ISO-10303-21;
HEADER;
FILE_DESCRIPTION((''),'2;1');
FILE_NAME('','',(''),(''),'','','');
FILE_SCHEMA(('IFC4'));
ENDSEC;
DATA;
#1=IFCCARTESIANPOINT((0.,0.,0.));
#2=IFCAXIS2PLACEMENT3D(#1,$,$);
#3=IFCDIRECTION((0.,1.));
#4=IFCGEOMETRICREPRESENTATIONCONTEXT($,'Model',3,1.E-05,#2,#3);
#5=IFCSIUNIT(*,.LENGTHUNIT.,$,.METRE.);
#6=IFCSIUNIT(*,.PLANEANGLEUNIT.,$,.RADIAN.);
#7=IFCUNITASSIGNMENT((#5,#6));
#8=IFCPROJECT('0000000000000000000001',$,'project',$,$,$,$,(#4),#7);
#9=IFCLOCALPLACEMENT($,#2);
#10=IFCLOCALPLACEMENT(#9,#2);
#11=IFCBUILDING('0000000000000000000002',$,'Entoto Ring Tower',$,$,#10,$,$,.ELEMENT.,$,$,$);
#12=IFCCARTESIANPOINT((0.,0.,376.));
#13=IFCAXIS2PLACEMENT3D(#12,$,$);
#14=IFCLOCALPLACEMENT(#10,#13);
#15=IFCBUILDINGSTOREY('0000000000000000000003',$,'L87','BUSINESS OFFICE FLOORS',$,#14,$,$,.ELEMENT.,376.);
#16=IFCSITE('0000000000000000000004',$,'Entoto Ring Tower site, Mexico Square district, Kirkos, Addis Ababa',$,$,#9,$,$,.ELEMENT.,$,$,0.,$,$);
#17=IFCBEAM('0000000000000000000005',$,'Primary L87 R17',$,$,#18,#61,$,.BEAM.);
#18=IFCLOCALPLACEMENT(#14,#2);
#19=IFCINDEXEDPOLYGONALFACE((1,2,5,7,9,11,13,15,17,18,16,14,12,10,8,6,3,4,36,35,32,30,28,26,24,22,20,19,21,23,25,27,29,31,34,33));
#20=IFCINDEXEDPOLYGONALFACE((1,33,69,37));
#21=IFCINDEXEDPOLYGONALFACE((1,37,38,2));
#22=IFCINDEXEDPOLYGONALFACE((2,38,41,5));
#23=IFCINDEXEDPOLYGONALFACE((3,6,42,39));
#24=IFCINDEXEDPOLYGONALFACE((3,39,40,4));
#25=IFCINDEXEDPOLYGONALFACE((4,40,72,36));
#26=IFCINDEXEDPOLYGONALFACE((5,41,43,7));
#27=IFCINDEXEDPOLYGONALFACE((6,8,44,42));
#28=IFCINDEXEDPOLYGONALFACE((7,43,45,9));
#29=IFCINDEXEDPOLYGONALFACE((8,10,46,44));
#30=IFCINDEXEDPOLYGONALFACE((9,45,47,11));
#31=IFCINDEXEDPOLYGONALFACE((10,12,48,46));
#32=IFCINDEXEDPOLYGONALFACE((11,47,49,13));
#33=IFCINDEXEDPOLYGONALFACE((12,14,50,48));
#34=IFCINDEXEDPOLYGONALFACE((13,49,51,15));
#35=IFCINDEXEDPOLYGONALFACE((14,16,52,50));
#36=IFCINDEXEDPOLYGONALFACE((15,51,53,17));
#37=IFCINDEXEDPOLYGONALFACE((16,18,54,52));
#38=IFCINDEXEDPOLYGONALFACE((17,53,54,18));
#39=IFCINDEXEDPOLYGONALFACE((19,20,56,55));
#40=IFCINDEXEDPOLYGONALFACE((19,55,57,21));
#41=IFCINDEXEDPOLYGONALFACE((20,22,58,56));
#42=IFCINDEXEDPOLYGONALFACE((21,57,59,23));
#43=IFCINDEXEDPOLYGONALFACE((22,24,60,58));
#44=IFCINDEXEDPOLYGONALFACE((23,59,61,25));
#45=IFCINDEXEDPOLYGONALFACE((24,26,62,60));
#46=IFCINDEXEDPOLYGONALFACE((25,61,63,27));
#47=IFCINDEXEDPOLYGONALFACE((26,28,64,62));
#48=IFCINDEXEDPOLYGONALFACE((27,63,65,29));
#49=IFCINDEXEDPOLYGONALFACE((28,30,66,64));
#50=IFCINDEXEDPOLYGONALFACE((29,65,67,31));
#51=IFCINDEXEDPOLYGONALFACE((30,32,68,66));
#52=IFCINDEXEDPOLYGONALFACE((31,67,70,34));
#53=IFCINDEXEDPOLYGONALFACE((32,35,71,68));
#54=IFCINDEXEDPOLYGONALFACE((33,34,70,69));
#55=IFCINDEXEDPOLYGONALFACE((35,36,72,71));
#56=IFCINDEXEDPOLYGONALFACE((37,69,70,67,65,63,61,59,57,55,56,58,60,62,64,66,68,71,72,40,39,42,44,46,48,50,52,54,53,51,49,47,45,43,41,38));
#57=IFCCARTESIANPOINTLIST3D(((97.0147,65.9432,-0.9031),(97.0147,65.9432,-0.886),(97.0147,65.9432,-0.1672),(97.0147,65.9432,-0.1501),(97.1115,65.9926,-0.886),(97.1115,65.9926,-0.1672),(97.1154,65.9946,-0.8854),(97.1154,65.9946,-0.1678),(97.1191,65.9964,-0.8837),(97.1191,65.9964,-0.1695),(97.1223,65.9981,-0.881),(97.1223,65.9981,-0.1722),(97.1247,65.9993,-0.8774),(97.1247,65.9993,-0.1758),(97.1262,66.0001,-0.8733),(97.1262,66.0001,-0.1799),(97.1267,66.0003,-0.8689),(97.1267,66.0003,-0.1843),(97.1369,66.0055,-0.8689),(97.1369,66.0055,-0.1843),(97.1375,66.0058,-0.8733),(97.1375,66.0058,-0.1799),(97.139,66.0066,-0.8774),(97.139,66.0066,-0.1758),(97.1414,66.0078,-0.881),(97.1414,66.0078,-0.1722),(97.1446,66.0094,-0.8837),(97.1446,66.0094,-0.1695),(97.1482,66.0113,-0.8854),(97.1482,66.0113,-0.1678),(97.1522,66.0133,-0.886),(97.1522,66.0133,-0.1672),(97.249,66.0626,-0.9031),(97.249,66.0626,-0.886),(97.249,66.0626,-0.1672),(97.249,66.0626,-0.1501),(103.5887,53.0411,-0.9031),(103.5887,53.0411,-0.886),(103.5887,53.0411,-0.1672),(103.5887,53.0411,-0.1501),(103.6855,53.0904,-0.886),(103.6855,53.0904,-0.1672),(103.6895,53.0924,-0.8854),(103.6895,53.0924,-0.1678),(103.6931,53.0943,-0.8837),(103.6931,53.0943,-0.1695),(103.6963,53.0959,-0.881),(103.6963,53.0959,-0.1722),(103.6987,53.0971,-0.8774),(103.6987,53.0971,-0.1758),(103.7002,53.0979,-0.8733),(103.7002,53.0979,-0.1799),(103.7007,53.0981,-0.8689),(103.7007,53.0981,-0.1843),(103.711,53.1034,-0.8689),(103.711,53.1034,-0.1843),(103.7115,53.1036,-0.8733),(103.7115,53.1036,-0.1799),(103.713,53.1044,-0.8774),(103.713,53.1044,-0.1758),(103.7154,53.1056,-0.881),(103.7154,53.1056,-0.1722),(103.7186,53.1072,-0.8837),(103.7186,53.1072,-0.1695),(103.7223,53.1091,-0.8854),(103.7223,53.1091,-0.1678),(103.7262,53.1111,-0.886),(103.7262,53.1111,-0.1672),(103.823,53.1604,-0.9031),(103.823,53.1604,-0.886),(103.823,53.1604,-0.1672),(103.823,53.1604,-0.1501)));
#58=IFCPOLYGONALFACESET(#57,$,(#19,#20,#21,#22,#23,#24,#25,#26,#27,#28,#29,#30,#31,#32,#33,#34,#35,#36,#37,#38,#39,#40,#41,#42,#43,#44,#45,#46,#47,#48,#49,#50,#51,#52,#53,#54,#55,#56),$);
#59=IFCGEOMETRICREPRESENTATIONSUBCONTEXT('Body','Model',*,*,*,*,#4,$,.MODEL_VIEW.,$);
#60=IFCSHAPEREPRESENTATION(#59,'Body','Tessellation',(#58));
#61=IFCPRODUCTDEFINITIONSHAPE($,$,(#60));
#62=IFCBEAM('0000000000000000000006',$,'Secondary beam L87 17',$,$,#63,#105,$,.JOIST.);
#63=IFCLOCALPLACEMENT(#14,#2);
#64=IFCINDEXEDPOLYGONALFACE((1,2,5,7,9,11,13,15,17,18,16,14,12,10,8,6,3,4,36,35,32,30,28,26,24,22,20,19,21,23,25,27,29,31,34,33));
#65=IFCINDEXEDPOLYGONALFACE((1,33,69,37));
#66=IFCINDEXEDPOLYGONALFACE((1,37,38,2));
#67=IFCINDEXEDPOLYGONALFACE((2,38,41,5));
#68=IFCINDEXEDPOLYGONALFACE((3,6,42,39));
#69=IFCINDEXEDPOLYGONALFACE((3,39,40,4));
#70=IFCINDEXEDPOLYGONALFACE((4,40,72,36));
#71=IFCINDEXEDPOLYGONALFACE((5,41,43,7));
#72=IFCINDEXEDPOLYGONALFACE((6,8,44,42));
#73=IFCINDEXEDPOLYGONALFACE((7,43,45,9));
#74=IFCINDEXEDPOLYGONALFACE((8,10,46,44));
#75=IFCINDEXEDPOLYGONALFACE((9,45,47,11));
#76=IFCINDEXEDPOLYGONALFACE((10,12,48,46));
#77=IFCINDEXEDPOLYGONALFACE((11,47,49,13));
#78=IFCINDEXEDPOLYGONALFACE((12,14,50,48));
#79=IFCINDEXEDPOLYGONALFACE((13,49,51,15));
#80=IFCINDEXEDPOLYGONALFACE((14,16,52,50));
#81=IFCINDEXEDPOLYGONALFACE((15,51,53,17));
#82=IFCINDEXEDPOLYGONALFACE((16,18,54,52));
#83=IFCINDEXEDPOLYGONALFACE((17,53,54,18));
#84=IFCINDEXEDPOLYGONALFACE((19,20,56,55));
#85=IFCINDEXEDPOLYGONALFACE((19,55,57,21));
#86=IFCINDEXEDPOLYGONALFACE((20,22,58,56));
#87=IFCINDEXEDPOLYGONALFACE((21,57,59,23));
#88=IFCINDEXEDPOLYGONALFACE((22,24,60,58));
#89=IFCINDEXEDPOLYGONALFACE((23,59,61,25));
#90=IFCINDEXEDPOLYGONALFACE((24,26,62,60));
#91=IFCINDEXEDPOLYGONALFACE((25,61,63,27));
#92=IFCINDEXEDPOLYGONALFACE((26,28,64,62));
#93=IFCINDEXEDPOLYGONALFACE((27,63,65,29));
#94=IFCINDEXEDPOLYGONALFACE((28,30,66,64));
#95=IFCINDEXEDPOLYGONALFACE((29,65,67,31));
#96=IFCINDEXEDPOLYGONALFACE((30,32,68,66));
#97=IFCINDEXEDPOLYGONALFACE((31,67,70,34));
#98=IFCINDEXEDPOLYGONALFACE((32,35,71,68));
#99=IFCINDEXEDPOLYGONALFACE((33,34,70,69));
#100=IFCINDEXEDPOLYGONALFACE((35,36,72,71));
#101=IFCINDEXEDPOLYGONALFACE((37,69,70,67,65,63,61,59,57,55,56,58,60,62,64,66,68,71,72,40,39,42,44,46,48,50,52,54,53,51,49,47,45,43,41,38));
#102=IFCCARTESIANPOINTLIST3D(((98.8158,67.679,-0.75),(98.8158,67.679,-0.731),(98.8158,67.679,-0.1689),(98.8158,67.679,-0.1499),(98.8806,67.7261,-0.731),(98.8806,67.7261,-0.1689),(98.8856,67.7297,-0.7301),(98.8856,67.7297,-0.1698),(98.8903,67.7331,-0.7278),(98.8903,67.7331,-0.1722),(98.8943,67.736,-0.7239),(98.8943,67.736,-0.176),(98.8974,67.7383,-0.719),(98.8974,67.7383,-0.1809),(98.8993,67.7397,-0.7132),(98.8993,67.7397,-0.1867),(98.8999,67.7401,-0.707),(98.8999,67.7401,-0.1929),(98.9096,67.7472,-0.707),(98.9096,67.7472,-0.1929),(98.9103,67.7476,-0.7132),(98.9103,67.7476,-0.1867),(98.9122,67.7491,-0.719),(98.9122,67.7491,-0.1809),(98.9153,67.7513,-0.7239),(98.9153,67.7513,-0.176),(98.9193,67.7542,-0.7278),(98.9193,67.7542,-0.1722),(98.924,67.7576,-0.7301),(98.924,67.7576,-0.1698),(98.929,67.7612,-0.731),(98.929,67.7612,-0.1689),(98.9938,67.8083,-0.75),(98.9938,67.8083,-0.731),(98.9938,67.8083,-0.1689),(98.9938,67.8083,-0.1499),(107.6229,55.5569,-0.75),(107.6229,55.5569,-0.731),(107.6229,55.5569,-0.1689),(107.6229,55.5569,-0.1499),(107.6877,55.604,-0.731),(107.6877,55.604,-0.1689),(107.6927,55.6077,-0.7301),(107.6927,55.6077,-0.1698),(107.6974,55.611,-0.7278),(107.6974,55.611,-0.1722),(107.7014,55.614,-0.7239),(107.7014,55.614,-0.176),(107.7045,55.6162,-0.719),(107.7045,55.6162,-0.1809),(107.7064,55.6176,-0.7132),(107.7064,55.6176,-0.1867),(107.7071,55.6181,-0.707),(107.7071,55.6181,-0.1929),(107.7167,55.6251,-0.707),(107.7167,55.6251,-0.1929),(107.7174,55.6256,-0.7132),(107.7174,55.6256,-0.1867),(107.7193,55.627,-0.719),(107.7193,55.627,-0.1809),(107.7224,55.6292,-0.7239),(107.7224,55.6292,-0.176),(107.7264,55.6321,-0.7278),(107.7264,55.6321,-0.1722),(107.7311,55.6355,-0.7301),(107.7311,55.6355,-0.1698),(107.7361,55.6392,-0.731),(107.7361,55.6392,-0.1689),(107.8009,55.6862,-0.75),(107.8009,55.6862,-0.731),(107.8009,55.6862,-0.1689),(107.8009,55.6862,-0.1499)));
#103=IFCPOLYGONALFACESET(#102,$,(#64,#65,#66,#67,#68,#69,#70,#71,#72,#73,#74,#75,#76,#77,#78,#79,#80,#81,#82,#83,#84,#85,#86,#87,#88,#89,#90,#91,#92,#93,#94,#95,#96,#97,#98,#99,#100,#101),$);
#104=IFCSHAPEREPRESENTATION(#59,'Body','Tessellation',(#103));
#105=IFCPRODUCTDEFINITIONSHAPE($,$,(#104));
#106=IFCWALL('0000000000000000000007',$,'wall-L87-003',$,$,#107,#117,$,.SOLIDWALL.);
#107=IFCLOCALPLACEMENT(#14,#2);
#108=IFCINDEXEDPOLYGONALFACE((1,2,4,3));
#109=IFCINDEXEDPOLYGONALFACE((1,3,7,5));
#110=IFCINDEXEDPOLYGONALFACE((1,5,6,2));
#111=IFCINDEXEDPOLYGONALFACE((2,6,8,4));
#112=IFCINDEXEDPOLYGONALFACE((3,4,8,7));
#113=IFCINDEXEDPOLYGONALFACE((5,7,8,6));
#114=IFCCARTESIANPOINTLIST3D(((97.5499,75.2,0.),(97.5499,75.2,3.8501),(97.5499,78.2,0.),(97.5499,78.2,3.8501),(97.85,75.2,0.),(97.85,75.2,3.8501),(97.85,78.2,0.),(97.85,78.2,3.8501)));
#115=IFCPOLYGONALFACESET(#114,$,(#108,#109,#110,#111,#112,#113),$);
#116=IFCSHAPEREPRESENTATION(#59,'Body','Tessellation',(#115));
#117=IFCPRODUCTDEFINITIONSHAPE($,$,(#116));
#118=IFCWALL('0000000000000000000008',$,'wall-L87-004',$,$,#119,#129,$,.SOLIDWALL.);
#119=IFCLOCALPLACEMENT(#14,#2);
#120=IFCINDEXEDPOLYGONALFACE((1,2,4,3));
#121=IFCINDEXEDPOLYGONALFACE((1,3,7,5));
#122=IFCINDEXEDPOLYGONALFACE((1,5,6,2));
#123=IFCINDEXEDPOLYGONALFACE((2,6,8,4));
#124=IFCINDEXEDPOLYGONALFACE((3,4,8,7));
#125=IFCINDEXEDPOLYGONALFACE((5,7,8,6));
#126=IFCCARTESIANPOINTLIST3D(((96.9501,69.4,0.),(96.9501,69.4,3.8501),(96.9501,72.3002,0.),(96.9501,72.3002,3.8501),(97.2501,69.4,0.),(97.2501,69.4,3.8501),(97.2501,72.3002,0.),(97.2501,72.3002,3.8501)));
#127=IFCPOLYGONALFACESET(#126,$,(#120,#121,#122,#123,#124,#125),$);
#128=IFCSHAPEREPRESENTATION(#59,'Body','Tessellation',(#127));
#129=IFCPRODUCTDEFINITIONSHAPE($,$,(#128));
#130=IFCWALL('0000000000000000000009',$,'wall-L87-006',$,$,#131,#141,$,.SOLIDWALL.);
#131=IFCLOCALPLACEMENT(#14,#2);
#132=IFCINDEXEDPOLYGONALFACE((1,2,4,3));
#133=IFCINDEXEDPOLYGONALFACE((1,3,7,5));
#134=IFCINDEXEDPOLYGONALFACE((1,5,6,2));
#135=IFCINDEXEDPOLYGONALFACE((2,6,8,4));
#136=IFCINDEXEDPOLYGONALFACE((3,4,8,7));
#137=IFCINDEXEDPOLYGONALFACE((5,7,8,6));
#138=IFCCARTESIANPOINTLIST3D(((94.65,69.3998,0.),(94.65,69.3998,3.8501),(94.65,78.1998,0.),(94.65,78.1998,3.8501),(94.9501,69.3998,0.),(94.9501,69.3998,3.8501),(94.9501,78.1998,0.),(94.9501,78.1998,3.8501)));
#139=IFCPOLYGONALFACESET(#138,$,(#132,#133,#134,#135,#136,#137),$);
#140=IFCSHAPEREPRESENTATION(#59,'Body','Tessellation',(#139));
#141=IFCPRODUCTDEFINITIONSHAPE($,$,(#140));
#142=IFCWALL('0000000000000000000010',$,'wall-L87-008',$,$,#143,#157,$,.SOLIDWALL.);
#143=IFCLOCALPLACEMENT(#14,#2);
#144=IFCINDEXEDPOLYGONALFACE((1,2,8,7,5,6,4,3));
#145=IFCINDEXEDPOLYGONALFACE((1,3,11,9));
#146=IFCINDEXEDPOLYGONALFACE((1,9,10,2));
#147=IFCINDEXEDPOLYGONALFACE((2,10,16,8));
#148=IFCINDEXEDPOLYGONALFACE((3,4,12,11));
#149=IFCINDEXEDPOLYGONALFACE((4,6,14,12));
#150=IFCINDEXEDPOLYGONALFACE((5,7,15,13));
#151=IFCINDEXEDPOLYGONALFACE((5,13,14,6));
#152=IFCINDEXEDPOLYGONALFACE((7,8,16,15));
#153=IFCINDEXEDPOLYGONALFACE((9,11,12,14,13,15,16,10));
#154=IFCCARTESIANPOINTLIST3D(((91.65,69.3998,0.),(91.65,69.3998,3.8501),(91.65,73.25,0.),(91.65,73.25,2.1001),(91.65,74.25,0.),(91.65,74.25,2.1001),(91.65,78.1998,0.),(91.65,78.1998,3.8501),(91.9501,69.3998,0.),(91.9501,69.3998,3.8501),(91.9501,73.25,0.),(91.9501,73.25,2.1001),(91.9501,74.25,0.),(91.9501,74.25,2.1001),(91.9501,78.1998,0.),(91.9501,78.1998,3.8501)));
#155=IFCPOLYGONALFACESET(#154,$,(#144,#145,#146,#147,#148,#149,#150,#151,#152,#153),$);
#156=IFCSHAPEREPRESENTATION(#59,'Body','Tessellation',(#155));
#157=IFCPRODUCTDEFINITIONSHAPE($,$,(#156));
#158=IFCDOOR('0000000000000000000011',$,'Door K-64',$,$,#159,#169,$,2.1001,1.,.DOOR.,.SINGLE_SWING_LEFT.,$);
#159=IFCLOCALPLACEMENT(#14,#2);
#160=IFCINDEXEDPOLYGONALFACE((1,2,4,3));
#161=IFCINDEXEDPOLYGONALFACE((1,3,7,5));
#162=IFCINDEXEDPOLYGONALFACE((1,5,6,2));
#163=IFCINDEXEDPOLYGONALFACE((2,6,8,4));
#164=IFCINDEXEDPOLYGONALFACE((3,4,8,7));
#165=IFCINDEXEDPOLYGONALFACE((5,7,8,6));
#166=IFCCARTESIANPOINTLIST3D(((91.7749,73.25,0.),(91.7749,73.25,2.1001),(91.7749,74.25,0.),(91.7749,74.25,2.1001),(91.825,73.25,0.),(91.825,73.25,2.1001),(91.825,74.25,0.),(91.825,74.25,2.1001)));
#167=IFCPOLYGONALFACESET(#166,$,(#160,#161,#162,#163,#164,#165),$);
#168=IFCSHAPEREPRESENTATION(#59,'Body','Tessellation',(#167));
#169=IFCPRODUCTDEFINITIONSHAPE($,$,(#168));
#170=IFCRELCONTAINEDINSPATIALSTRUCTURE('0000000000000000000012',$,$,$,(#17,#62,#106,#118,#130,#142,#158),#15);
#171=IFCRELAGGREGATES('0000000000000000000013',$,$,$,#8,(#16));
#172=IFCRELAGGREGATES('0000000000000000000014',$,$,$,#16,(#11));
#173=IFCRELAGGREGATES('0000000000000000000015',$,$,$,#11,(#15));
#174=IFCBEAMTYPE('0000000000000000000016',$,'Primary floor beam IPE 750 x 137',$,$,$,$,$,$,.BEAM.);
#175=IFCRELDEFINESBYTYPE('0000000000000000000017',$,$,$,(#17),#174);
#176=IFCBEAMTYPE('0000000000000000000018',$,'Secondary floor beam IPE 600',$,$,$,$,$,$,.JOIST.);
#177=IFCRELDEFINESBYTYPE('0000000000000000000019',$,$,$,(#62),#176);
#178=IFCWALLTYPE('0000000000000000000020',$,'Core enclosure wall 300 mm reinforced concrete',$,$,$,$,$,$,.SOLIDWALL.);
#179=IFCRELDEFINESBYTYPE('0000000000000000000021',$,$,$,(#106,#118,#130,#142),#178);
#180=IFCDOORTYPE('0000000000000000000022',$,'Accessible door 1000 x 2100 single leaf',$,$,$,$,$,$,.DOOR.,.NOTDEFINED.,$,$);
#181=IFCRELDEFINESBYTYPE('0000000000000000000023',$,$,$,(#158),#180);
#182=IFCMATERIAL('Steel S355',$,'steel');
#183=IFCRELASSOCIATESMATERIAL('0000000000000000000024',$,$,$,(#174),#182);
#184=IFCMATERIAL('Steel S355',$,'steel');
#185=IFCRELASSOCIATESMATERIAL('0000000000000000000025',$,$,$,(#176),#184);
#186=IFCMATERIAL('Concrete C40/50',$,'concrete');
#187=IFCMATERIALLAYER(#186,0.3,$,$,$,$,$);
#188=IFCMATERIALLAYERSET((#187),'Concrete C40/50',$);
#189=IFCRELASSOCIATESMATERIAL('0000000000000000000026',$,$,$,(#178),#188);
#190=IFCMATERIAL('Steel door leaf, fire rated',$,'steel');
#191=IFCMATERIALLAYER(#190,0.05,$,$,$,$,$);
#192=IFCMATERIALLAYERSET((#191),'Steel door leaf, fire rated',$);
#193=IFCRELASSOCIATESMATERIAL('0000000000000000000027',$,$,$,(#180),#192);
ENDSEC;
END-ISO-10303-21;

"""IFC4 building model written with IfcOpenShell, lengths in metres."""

from ifc_helpers import new_model, si_unit, direction, frame, frame_2d, origin, origin_2d, place, context, subcontext, project, spatial, rectangle, i_section, extrude, material, layer, layer_set, material_profile, profile_set, type_object, element, fill, save


model = new_model("IFC4")

# Units and contexts
model_context = context("Model", 3, precision=1e-05, world=origin(), true_north=direction((0.0, 1.0)))
body_context = subcontext(model_context, "Body", "Model", "MODEL_VIEW")
ifc_project = project(units=[si_unit("LENGTHUNIT", "METRE"), si_unit("PLANEANGLEUNIT", "RADIAN")], contexts=[model_context])

# Site, building, storey
site_placement = place(None, origin())
site = spatial("IfcSite", under=ifc_project, at=site_placement, Name="Entoto Ring Tower site, Mexico Square district, Kirkos, Addis Ababa", CompositionType="ELEMENT", RefElevation=0.0)
building_placement = place(site_placement, origin())
building = spatial("IfcBuilding", under=site, at=building_placement, Name="Entoto Ring Tower", CompositionType="ELEMENT")
storey_placement = place(building_placement, frame((0.0, 0.0, 376.0)))
storey = spatial("IfcBuildingStorey", under=building, at=storey_placement, Name="L87", Description="BUSINESS OFFICE FLOORS", CompositionType="ELEMENT", Elevation=376.0)

# Beams
ifc_material_1 = material(Name="Steel S355", Category="steel")
ifc_material_profile_1 = material_profile(ifc_material_1, i_section(OverallWidth=0.2629, OverallDepth=0.7529, WebThickness=0.0115, FlangeThickness=0.0171, FilletRadius=0.0171, at=origin_2d()), Name="IPE 750 x 137")
ifc_profile_set_1 = profile_set([ifc_material_profile_1], Name="Steel S355")
beam_type_1 = type_object("IfcBeamType", Name="Primary floor beam IPE 750 x 137", PredefinedType="BEAM", material=ifc_profile_set_1)
beam_1_placement = place(storey_placement, frame((97.1318, 66.0029, -0.5266), z_axis=(0.453992, -0.891006, 0.0), x_axis=(0.891006, 0.453992, 0.0)))
element("IfcBeam", 1, at=beam_1_placement, inside=storey, type_object=beam_type_1, Name="Primary L87 R17", PredefinedType="BEAM", context=body_context, shape_type="SweptSolid", body=[
    extrude(i_section(OverallWidth=0.2629, OverallDepth=0.7529, WebThickness=0.0115, FlangeThickness=0.0171, FilletRadius=0.0171, at=origin_2d()), origin(), (0.0, 0.0, 1.0), 14.4805),
])
ifc_material_2 = material(Name="Steel S355", Category="steel")
ifc_material_profile_2 = material_profile(ifc_material_2, i_section(OverallWidth=0.22, OverallDepth=0.6001, WebThickness=0.012, FlangeThickness=0.019, FilletRadius=0.0239, at=origin_2d()), Name="IPE 600")
ifc_profile_set_2 = profile_set([ifc_material_profile_2], Name="Steel S355")
beam_type_2 = type_object("IfcBeamType", Name="Secondary floor beam IPE 600", PredefinedType="JOIST", material=ifc_profile_set_2)
beam_2_placement = place(storey_placement, frame((98.9048, 67.7437, -0.45), z_axis=(0.587782, -0.809019, 0.0), x_axis=(0.809019, 0.587782, 0.0)))
element("IfcBeam", 2, at=beam_2_placement, inside=storey, type_object=beam_type_2, Name="Secondary beam L87 17", PredefinedType="JOIST", context=body_context, shape_type="SweptSolid", body=[
    extrude(i_section(OverallWidth=0.22, OverallDepth=0.6001, WebThickness=0.012, FlangeThickness=0.019, FilletRadius=0.0239, at=origin_2d()), origin(), (0.0, 0.0, 1.0), 14.9836),
])

# Walls
ifc_material_3 = material(Name="Concrete C40/50", Category="concrete")
ifc_layer_1 = layer(ifc_material_3, 0.3)
ifc_layer_set_1 = layer_set([ifc_layer_1], Name="Concrete C40/50")
wall_type_1 = type_object("IfcWallType", Name="Core enclosure wall 300 mm reinforced concrete", PredefinedType="SOLIDWALL", material=ifc_layer_set_1)
wall_1_placement = place(storey_placement, frame((97.7, 75.2, 0.0), z_axis=(0.0, 0.0, 1.0), x_axis=(0.0, 1.0, 0.0)))
element("IfcWall", 3, at=wall_1_placement, inside=storey, type_object=wall_type_1, Name="wall-L87-003", PredefinedType="SOLIDWALL", context=body_context, shape_type="SweptSolid", body=[
    extrude(rectangle(XDim=3.0, YDim=0.3, at=frame_2d((1.5, 0.0))), origin(), (0.0, 0.0, 1.0), 3.8501),
])
wall_2_placement = place(storey_placement, frame((97.1001, 69.3999, 0.0), z_axis=(0.0, 0.0, 1.0), x_axis=(0.0, 1.0, 0.0)))
element("IfcWall", 4, at=wall_2_placement, inside=storey, type_object=wall_type_1, Name="wall-L87-004", PredefinedType="SOLIDWALL", context=body_context, shape_type="SweptSolid", body=[
    extrude(rectangle(XDim=2.9001, YDim=0.3, at=frame_2d((1.4502, 0.0))), origin(), (0.0, 0.0, 1.0), 3.8501),
])
wall_3_placement = place(storey_placement, frame((94.8, 69.3999, 0.0), z_axis=(0.0, 0.0, 1.0), x_axis=(0.0, 1.0, 0.0)))
element("IfcWall", 5, at=wall_3_placement, inside=storey, type_object=wall_type_1, Name="wall-L87-006", PredefinedType="SOLIDWALL", context=body_context, shape_type="SweptSolid", body=[
    extrude(rectangle(XDim=8.8, YDim=0.3, at=frame_2d((4.3999, 0.0))), origin(), (0.0, 0.0, 1.0), 3.8501),
])

# Wall, opening, door
wall_4_placement = place(storey_placement, frame((91.8, 69.3999, 0.0), z_axis=(0.0, 0.0, 1.0), x_axis=(0.0, 1.0, 0.0)))
wall_4 = element("IfcWall", 6, at=wall_4_placement, inside=storey, type_object=wall_type_1, Name="wall-L87-008", PredefinedType="SOLIDWALL", context=body_context, shape_type="SweptSolid", body=[
    extrude(rectangle(XDim=8.8, YDim=0.3, at=frame_2d((4.3999, 0.0))), origin(), (0.0, 0.0, 1.0), 3.8501),
])
opening_1_placement = place(wall_4_placement, frame((3.8501, 0.0, 0.0)))
opening_1 = element("IfcOpeningElement", 7, at=opening_1_placement, cuts=wall_4, PredefinedType="OPENING", context=body_context, shape_type="SweptSolid", body=[
    extrude(rectangle(XDim=1.0, YDim=2.1001, at=frame_2d((0.5, 1.05))), frame((0.0, 0.1602, 0.0), z_axis=(0.0, -1.0, 0.0), x_axis=(1.0, 0.0, 0.0)), (0.0, 0.0, 1.0), 0.3201),
])
ifc_material_4 = material(Name="Steel door leaf, fire rated", Category="steel")
ifc_layer_2 = layer(ifc_material_4, 0.05)
ifc_layer_set_2 = layer_set([ifc_layer_2], Name="Steel door leaf, fire rated")
door_type_1 = type_object("IfcDoorType", Name="Accessible door 1000 x 2100 single leaf", OperationType="NOTDEFINED", PredefinedType="DOOR", material=ifc_layer_set_2)
door_1_placement = place(opening_1_placement, frame((1.0, 0.0, 0.0), z_axis=(0.0, 0.0, 1.0), x_axis=(-1.0, 0.0, 0.0)))
door_1 = element("IfcDoor", 8, at=door_1_placement, inside=storey, type_object=door_type_1, Name="Door K-64", OperationType="SINGLE_SWING_LEFT", OverallHeight=2.1001, OverallWidth=1.0, PredefinedType="DOOR", context=body_context, shape_type="SweptSolid", body=[
    extrude(rectangle(XDim=1.0, YDim=2.1001, at=frame_2d((0.5, 1.05))), frame((0.0, 0.0249, 0.0), z_axis=(0.0, -1.0, 0.0), x_axis=(1.0, 0.0, 0.0)), (0.0, 0.0, 1.0), 0.05),
])
fill(opening_1, door_1)

save(model, "model.ifc")
